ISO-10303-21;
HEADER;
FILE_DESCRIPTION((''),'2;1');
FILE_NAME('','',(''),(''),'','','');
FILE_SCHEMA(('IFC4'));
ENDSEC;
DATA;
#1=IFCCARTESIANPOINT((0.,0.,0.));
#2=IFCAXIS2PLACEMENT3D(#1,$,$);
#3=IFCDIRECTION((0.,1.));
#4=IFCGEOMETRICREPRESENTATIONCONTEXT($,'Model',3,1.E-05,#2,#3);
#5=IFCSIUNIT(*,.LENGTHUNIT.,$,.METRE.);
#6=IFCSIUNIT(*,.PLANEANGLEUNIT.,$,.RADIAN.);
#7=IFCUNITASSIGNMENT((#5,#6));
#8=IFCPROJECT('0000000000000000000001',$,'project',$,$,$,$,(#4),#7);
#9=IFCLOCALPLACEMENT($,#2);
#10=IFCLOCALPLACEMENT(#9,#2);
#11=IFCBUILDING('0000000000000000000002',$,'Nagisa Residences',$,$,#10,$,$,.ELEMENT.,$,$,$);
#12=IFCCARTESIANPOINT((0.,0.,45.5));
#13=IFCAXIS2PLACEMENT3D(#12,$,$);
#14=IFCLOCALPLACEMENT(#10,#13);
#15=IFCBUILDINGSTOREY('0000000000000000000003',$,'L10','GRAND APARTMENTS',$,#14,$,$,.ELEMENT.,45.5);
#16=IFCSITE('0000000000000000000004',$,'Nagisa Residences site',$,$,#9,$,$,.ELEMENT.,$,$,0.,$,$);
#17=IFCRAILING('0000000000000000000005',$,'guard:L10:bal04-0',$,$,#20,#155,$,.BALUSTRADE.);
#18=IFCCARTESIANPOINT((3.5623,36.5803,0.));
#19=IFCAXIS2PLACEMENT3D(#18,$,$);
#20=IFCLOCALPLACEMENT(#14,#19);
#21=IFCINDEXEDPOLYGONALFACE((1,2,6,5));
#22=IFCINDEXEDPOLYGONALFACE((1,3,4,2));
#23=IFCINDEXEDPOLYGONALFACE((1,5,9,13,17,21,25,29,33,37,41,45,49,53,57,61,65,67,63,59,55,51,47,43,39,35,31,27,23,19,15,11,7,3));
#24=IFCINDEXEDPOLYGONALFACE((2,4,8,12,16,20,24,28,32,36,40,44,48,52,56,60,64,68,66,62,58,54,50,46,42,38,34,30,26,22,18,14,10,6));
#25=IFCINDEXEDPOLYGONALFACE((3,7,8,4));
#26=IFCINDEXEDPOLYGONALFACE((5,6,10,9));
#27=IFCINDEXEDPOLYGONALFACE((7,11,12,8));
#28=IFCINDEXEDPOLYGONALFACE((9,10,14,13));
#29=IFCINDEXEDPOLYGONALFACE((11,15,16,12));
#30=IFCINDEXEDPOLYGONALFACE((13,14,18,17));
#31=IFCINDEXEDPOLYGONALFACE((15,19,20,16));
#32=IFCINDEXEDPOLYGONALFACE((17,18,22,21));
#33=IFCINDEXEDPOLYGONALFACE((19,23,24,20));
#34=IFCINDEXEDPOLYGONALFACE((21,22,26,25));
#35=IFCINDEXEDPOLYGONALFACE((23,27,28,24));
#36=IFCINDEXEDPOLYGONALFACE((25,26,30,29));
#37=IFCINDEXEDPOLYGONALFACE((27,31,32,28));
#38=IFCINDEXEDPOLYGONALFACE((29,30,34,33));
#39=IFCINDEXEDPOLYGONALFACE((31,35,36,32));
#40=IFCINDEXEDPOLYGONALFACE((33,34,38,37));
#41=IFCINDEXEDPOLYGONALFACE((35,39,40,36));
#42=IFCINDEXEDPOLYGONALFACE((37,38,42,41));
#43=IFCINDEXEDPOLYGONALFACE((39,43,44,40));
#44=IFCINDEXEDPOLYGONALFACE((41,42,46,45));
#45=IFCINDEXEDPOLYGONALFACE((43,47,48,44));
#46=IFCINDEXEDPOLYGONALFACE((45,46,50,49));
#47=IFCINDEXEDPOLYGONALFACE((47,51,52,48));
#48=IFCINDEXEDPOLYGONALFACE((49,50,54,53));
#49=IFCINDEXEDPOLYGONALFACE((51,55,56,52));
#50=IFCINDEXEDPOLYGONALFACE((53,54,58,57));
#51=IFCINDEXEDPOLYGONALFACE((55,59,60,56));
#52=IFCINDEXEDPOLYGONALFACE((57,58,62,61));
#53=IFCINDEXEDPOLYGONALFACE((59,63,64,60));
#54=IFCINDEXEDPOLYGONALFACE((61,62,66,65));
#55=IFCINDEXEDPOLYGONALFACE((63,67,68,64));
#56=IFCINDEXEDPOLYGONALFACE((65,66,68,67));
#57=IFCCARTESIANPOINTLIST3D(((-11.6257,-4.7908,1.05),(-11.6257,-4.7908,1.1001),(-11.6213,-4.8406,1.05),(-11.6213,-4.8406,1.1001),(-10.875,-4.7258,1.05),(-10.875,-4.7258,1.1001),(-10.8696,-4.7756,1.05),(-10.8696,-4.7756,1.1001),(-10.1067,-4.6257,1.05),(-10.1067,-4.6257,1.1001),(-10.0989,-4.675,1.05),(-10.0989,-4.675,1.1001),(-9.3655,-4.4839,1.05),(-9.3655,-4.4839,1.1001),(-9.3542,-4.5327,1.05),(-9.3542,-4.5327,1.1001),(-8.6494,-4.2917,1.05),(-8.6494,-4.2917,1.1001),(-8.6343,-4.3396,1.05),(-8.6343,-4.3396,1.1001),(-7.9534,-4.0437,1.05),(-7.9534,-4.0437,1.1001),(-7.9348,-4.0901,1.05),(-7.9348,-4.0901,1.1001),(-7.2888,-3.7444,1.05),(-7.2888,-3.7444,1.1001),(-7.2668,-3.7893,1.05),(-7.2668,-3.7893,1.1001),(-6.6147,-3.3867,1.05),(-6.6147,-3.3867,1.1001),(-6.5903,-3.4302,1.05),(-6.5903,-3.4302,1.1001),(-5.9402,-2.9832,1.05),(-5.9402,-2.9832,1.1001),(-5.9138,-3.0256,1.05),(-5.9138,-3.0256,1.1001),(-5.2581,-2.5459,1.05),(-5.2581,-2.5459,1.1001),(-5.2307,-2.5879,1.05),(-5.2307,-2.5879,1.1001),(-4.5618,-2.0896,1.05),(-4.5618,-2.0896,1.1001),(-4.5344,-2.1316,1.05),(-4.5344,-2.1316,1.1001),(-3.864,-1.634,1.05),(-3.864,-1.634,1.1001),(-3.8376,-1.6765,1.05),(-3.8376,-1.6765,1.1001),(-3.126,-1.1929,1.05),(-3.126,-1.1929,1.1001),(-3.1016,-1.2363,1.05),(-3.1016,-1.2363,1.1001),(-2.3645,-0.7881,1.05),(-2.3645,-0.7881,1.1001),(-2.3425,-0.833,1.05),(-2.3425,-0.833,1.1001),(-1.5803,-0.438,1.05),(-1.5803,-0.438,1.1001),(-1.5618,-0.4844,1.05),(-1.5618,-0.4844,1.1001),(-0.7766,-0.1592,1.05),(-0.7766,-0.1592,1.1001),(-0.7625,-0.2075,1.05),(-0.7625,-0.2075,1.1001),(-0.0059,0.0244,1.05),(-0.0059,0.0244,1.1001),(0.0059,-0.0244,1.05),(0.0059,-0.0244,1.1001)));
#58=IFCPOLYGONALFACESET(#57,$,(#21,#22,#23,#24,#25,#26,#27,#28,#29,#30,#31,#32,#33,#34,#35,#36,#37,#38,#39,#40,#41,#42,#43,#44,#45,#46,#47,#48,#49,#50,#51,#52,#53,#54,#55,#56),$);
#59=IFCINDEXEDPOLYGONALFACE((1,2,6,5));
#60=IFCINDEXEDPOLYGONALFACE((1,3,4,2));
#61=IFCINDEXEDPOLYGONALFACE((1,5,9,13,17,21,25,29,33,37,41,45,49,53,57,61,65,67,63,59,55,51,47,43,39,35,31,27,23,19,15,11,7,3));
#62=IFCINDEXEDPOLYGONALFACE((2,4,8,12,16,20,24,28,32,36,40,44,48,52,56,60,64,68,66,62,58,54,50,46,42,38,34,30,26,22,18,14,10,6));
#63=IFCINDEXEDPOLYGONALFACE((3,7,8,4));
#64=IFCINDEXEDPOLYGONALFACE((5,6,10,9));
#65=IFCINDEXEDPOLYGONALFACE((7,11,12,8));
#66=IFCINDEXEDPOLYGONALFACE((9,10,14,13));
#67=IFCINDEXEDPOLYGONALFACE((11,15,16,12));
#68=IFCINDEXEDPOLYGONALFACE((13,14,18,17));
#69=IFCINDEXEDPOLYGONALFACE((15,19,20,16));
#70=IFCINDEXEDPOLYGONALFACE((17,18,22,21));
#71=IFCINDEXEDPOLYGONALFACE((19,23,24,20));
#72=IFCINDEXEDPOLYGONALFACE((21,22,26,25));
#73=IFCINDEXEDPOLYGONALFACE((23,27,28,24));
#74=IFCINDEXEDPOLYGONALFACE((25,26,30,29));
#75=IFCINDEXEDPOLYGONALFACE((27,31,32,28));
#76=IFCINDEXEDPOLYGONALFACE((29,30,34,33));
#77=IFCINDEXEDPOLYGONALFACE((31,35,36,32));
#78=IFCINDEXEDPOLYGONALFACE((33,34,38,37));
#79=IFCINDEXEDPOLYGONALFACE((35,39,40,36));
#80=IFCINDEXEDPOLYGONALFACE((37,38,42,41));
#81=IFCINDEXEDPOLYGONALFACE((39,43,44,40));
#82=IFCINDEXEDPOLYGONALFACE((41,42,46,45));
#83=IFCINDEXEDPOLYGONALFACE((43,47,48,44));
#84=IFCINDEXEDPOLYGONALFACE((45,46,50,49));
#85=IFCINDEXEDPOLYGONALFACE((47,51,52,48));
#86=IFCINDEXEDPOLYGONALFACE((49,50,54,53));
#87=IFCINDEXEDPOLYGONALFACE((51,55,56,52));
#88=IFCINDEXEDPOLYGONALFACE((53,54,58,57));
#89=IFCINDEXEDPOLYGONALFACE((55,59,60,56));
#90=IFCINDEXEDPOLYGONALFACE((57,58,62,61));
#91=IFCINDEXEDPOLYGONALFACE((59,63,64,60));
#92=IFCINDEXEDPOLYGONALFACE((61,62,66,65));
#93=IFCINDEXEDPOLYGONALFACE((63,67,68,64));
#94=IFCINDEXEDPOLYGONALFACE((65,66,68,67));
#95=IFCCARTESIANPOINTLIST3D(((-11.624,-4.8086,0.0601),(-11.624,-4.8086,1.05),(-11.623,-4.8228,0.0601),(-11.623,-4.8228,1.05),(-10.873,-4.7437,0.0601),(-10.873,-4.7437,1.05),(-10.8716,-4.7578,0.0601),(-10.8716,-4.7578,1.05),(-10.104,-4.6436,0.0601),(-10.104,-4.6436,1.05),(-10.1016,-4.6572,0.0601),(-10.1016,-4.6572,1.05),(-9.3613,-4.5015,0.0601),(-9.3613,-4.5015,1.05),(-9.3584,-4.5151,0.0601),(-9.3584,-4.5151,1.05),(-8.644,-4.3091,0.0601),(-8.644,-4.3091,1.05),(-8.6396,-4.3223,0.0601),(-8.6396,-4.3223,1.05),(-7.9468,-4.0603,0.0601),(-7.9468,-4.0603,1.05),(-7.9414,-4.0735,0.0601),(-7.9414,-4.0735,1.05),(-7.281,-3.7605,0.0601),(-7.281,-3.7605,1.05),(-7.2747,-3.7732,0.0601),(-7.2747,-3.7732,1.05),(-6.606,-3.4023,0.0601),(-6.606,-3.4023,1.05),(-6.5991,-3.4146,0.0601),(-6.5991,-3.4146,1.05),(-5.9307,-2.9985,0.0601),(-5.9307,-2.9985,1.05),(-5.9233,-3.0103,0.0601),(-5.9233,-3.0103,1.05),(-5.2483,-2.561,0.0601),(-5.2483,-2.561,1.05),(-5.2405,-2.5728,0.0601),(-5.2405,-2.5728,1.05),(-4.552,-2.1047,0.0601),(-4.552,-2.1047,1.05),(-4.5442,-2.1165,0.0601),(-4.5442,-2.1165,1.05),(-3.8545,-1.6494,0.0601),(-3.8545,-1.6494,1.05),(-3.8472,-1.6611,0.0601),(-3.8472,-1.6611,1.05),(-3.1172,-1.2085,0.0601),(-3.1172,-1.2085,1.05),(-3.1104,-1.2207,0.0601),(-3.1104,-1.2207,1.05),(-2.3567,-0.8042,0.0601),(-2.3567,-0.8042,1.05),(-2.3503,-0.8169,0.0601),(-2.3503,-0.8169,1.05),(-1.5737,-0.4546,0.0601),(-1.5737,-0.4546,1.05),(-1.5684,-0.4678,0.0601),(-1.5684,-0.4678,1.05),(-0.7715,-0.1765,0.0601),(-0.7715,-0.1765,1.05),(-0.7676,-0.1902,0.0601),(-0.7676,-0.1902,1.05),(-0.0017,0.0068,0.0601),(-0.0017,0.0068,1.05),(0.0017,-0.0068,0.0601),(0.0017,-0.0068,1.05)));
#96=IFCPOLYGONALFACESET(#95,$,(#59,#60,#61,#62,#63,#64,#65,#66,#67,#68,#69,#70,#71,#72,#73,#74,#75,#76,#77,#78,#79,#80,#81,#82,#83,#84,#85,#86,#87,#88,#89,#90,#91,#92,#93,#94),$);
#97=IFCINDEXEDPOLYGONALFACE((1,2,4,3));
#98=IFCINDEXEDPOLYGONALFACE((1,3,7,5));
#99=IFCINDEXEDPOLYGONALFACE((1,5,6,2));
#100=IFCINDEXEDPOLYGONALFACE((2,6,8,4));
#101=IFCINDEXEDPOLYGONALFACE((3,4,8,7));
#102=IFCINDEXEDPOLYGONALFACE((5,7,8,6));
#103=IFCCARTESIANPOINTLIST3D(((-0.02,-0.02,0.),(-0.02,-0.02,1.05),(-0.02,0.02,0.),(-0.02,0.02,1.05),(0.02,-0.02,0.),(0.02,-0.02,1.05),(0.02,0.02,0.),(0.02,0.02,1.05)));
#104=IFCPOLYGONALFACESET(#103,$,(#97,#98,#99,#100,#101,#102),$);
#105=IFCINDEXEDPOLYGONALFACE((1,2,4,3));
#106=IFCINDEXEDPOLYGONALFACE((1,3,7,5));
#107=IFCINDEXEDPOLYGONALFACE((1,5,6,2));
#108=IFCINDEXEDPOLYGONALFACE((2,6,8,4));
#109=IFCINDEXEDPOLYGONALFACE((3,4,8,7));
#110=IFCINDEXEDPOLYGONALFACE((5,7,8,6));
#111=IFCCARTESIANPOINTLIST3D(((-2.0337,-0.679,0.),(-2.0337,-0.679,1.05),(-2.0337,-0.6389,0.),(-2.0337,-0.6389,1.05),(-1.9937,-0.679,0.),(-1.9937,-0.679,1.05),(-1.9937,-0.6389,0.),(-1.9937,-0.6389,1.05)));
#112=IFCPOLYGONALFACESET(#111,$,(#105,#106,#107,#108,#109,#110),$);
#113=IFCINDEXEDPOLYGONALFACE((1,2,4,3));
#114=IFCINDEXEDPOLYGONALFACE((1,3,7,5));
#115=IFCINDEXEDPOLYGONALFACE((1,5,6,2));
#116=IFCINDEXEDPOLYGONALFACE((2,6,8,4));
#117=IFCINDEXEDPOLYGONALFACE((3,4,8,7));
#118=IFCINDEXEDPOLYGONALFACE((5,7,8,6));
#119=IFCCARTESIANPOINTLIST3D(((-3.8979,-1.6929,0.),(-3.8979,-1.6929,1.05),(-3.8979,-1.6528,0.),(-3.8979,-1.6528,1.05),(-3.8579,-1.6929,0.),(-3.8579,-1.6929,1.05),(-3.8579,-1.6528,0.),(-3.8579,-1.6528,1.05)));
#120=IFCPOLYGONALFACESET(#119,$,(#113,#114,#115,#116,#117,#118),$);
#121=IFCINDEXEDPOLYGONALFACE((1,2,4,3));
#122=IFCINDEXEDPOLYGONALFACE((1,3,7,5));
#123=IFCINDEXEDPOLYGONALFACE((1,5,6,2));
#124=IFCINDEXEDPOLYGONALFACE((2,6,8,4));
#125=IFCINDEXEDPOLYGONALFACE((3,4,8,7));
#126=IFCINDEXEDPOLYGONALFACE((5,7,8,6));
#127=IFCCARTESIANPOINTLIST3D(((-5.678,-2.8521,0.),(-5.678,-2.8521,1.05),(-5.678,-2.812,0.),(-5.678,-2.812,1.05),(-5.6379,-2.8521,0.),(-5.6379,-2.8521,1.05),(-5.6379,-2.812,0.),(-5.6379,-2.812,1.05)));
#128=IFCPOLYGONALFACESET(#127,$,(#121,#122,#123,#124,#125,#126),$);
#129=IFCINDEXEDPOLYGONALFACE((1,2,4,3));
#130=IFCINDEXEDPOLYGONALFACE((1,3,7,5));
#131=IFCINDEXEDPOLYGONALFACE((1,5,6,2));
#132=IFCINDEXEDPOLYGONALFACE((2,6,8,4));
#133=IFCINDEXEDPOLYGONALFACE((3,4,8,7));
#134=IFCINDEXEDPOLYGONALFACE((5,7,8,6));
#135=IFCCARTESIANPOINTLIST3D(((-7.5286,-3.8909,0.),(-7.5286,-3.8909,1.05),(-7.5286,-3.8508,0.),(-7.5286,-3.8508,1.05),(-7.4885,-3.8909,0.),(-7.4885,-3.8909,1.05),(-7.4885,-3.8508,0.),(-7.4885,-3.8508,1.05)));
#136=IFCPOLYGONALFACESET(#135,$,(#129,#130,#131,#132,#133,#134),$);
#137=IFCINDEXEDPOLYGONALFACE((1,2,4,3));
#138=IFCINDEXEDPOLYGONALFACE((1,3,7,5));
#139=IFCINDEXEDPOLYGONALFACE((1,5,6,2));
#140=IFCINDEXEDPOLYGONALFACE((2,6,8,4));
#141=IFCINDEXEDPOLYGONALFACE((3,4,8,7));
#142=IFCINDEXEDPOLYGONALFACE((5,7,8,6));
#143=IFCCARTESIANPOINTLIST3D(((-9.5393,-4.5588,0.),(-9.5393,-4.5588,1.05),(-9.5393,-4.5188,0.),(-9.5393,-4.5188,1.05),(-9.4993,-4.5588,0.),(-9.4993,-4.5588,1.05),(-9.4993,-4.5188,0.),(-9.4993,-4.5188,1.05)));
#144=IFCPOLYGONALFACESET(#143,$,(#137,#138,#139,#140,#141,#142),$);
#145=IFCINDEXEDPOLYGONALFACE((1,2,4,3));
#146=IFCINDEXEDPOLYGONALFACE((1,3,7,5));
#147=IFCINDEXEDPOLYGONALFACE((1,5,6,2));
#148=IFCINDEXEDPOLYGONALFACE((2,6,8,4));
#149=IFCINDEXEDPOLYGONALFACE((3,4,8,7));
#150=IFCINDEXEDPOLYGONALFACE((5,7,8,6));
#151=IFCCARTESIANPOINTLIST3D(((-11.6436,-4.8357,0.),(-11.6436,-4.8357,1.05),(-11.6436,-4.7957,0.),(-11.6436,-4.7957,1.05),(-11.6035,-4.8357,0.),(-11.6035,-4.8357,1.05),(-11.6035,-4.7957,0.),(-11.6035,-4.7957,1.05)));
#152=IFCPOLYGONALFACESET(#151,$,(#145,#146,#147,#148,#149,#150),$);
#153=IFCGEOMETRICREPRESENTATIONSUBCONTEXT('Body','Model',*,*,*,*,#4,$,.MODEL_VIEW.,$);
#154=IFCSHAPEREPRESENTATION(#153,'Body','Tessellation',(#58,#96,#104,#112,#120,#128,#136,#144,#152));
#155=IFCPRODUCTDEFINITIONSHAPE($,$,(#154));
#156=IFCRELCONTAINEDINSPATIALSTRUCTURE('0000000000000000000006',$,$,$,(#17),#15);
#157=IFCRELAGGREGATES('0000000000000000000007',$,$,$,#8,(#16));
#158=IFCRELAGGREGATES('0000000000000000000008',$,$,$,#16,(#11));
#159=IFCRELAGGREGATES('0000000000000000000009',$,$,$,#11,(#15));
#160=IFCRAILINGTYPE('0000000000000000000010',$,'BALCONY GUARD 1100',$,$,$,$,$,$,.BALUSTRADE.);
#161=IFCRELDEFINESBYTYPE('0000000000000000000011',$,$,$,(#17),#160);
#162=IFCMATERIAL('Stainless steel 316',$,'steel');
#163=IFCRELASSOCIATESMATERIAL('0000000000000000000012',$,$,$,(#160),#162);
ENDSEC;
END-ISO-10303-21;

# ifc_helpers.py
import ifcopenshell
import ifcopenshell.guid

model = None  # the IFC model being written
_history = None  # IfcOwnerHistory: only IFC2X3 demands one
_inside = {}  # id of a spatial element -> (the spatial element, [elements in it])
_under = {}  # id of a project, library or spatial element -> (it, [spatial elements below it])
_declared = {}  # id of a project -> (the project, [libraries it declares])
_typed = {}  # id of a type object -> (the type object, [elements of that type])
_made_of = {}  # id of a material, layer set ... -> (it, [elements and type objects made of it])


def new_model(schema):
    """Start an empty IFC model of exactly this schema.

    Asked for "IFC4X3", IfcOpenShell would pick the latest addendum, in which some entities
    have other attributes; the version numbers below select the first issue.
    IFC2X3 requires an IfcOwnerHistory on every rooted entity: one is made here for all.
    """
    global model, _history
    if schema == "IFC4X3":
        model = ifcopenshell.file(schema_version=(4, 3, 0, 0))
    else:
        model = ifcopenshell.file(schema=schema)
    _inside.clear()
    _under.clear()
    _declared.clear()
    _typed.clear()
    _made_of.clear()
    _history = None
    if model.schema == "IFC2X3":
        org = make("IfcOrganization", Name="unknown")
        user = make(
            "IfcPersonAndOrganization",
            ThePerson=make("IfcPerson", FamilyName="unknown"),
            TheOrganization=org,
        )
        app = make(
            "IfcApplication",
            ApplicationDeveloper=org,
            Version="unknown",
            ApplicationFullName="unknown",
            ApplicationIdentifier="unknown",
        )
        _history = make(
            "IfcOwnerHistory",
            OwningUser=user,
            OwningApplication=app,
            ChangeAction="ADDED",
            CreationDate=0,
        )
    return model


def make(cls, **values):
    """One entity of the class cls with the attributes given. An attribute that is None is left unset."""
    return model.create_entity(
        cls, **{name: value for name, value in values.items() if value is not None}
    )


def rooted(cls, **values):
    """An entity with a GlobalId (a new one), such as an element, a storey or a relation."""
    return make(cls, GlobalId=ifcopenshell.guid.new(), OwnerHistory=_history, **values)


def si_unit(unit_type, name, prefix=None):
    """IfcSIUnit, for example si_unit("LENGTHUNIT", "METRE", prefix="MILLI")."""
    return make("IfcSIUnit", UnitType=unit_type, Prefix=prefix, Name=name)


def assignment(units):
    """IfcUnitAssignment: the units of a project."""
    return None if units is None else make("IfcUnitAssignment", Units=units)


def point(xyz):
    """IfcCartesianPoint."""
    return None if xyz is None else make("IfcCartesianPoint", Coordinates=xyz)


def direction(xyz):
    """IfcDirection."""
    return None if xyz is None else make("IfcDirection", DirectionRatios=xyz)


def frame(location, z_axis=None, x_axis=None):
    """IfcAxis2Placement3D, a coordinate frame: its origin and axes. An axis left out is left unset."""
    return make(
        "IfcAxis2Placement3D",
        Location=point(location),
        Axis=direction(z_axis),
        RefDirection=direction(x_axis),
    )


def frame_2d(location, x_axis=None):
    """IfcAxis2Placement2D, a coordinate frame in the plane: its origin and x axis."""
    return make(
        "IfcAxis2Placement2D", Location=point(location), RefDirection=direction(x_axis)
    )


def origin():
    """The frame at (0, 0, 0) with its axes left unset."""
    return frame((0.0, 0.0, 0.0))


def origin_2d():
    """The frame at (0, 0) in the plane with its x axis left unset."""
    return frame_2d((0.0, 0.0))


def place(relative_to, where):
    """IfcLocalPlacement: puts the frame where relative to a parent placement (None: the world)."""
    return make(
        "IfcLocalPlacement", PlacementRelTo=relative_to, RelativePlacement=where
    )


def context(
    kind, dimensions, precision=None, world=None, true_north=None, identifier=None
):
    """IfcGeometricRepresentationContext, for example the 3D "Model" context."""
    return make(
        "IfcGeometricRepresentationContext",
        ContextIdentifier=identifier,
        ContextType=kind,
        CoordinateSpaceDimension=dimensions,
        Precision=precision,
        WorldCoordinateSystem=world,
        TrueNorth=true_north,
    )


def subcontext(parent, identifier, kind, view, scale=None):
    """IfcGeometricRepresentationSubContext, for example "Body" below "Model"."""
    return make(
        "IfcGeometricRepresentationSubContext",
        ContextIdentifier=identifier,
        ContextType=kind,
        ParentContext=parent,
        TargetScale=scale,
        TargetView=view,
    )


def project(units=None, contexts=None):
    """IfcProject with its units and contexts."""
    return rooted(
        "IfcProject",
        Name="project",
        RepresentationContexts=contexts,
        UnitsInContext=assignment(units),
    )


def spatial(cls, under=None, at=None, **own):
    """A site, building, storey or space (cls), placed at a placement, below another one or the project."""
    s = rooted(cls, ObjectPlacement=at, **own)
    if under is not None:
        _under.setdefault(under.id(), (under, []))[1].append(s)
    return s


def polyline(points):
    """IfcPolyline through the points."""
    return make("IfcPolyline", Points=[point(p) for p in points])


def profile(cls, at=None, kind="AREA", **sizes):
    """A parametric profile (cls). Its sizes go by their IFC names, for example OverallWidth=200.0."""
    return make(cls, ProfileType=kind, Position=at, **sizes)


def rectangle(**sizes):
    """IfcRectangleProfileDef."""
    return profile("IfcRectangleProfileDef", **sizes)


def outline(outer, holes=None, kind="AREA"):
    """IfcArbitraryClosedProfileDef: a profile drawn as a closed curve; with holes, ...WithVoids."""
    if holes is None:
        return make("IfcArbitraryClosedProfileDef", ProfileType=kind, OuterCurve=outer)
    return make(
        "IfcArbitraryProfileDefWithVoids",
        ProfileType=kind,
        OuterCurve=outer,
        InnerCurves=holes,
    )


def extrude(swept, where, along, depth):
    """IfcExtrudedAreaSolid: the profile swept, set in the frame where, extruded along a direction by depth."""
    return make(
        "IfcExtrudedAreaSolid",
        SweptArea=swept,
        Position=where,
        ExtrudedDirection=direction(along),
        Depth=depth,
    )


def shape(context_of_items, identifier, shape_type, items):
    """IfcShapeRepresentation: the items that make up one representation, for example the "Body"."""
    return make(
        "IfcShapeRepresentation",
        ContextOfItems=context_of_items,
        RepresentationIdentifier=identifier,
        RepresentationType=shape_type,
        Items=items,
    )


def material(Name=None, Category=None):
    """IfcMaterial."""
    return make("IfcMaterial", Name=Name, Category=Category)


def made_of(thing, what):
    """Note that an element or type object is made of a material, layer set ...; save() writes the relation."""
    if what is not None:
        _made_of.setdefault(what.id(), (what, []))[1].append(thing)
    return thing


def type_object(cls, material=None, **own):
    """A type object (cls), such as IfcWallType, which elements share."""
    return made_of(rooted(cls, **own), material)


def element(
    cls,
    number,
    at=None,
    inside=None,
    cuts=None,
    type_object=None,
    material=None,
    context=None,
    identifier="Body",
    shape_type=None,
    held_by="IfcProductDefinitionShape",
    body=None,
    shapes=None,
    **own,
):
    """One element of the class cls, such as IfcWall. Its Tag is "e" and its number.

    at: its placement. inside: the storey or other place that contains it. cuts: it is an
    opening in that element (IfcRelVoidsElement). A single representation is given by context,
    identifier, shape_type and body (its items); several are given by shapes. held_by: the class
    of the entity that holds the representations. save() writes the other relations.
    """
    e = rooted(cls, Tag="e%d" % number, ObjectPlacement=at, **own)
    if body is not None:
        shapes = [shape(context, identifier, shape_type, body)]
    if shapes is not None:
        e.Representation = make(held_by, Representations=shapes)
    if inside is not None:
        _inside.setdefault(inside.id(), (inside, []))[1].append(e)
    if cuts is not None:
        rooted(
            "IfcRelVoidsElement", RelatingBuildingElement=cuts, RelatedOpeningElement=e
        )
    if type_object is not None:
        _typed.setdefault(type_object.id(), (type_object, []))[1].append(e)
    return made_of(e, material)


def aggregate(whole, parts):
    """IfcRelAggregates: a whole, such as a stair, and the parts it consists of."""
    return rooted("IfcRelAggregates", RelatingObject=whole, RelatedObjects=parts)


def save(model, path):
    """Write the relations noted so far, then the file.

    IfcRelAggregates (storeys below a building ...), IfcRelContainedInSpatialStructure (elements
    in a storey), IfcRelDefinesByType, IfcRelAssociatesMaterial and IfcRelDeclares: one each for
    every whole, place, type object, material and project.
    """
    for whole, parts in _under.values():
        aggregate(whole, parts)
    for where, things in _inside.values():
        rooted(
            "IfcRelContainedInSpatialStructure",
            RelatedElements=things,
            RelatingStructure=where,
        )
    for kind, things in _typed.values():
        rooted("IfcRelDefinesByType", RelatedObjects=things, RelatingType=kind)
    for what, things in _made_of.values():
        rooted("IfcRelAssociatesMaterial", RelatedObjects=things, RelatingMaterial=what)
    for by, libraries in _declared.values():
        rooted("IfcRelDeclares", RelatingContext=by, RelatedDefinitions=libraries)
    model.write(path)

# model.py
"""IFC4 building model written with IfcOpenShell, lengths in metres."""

from ifc_helpers import new_model, si_unit, direction, frame, origin, origin_2d, place, context, subcontext, project, spatial, polyline, rectangle, outline, extrude, material, type_object, element, save


model = new_model("IFC4")

# Units and contexts
model_context = context("Model", 3, precision=1e-05, world=origin(), true_north=direction((0.0, 1.0)))
body_context = subcontext(model_context, "Body", "Model", "MODEL_VIEW")
ifc_project = project(units=[si_unit("LENGTHUNIT", "METRE"), si_unit("PLANEANGLEUNIT", "RADIAN")], contexts=[model_context])

# Site, building, storey
site_placement = place(None, origin())
site = spatial("IfcSite", under=ifc_project, at=site_placement, Name="Nagisa Residences site", CompositionType="ELEMENT", RefElevation=0.0)
building_placement = place(site_placement, origin())
building = spatial("IfcBuilding", under=site, at=building_placement, Name="Nagisa Residences", CompositionType="ELEMENT")
storey_placement = place(building_placement, frame((0.0, 0.0, 45.5)))
storey = spatial("IfcBuildingStorey", under=building, at=storey_placement, Name="L10", Description="GRAND APARTMENTS", CompositionType="ELEMENT", Elevation=45.5)

# Railing
ifc_material_1 = material(Name="Stainless steel 316", Category="steel")
railing_type = type_object("IfcRailingType", Name="BALCONY GUARD 1100", PredefinedType="BALUSTRADE", material=ifc_material_1)
railing_1_placement = place(storey_placement, frame((3.5623, 36.5803, 0.0)))
element("IfcRailing", 1, at=railing_1_placement, inside=storey, type_object=railing_type, Name="guard:L10:bal04-0", PredefinedType="BALUSTRADE", context=body_context, shape_type="SweptSolid", body=[
    extrude(outline(polyline([(-0.7625, -0.2075), (0.0059, -0.0244), (-0.0059, 0.0244), (-0.7766, -0.1592), (-1.5803, -0.438), (-2.3645, -0.7881), (-3.126, -1.1929), (-3.864, -1.634), (-4.5618, -2.0896), (-5.2581, -2.5459), (-5.9402, -2.9832), (-6.6147, -3.3867), (-7.2888, -3.7444), (-7.9534, -4.0437), (-8.6494, -4.2917), (-9.3655, -4.4839), (-10.1067, -4.6257), (-10.875, -4.7258), (-11.6257, -4.7908), (-11.6213, -4.8406), (-10.8696, -4.7756), (-10.0989, -4.675), (-9.3542, -4.5327), (-8.6343, -4.3396), (-7.9348, -4.0901), (-7.2668, -3.7893), (-6.5903, -3.4302), (-5.9138, -3.0256), (-5.2307, -2.5879), (-4.5344, -2.1316), (-3.8376, -1.6765), (-3.1016, -1.2363), (-2.3425, -0.833), (-1.5618, -0.4844), (-0.7625, -0.2075)])), frame((0.0, 0.0, 1.05)), (0.0, 0.0, 1.0), 0.05),
    extrude(outline(polyline([(-0.7676, -0.1902), (0.0017, -0.0068), (-0.0017, 0.0068), (-0.7715, -0.1765), (-1.5737, -0.4546), (-2.3567, -0.8042), (-3.1172, -1.2085), (-3.8545, -1.6494), (-4.552, -2.1047), (-5.2483, -2.561), (-5.9307, -2.9985), (-6.606, -3.4023), (-7.281, -3.7605), (-7.9468, -4.0603), (-8.644, -4.3091), (-9.3613, -4.5015), (-10.104, -4.6436), (-10.873, -4.7437), (-11.624, -4.8086), (-11.623, -4.8228), (-10.8716, -4.7578), (-10.1016, -4.6572), (-9.3584, -4.5151), (-8.6396, -4.3223), (-7.9414, -4.0735), (-7.2747, -3.7732), (-6.5991, -3.4146), (-5.9233, -3.0103), (-5.2405, -2.5728), (-4.5442, -2.1165), (-3.8472, -1.6611), (-3.1104, -1.2207), (-2.3503, -0.8169), (-1.5684, -0.4678), (-0.7676, -0.1902)])), frame((0.0, 0.0, 0.0601)), (0.0, 0.0, 1.0), 0.99),
    extrude(rectangle(XDim=0.04, YDim=0.04, at=origin_2d()), origin(), (0.0, 0.0, 1.0), 1.05),
    extrude(rectangle(XDim=0.04, YDim=0.04, at=origin_2d()), frame((-2.0137, -0.6589, 0.0)), (0.0, 0.0, 1.0), 1.05),
    extrude(rectangle(XDim=0.04, YDim=0.04, at=origin_2d()), frame((-3.8779, -1.6729, 0.0)), (0.0, 0.0, 1.0), 1.05),
    extrude(rectangle(XDim=0.04, YDim=0.04, at=origin_2d()), frame((-5.658, -2.832, 0.0)), (0.0, 0.0, 1.0), 1.05),
    extrude(rectangle(XDim=0.04, YDim=0.04, at=origin_2d()), frame((-7.5085, -3.8708, 0.0)), (0.0, 0.0, 1.0), 1.05),
    extrude(rectangle(XDim=0.04, YDim=0.04, at=origin_2d()), frame((-9.5193, -4.5388, 0.0)), (0.0, 0.0, 1.0), 1.05),
    extrude(rectangle(XDim=0.04, YDim=0.04, at=origin_2d()), frame((-11.6235, -4.8157, 0.0)), (0.0, 0.0, 1.0), 1.05),
])

save(model, "model.ifc")
